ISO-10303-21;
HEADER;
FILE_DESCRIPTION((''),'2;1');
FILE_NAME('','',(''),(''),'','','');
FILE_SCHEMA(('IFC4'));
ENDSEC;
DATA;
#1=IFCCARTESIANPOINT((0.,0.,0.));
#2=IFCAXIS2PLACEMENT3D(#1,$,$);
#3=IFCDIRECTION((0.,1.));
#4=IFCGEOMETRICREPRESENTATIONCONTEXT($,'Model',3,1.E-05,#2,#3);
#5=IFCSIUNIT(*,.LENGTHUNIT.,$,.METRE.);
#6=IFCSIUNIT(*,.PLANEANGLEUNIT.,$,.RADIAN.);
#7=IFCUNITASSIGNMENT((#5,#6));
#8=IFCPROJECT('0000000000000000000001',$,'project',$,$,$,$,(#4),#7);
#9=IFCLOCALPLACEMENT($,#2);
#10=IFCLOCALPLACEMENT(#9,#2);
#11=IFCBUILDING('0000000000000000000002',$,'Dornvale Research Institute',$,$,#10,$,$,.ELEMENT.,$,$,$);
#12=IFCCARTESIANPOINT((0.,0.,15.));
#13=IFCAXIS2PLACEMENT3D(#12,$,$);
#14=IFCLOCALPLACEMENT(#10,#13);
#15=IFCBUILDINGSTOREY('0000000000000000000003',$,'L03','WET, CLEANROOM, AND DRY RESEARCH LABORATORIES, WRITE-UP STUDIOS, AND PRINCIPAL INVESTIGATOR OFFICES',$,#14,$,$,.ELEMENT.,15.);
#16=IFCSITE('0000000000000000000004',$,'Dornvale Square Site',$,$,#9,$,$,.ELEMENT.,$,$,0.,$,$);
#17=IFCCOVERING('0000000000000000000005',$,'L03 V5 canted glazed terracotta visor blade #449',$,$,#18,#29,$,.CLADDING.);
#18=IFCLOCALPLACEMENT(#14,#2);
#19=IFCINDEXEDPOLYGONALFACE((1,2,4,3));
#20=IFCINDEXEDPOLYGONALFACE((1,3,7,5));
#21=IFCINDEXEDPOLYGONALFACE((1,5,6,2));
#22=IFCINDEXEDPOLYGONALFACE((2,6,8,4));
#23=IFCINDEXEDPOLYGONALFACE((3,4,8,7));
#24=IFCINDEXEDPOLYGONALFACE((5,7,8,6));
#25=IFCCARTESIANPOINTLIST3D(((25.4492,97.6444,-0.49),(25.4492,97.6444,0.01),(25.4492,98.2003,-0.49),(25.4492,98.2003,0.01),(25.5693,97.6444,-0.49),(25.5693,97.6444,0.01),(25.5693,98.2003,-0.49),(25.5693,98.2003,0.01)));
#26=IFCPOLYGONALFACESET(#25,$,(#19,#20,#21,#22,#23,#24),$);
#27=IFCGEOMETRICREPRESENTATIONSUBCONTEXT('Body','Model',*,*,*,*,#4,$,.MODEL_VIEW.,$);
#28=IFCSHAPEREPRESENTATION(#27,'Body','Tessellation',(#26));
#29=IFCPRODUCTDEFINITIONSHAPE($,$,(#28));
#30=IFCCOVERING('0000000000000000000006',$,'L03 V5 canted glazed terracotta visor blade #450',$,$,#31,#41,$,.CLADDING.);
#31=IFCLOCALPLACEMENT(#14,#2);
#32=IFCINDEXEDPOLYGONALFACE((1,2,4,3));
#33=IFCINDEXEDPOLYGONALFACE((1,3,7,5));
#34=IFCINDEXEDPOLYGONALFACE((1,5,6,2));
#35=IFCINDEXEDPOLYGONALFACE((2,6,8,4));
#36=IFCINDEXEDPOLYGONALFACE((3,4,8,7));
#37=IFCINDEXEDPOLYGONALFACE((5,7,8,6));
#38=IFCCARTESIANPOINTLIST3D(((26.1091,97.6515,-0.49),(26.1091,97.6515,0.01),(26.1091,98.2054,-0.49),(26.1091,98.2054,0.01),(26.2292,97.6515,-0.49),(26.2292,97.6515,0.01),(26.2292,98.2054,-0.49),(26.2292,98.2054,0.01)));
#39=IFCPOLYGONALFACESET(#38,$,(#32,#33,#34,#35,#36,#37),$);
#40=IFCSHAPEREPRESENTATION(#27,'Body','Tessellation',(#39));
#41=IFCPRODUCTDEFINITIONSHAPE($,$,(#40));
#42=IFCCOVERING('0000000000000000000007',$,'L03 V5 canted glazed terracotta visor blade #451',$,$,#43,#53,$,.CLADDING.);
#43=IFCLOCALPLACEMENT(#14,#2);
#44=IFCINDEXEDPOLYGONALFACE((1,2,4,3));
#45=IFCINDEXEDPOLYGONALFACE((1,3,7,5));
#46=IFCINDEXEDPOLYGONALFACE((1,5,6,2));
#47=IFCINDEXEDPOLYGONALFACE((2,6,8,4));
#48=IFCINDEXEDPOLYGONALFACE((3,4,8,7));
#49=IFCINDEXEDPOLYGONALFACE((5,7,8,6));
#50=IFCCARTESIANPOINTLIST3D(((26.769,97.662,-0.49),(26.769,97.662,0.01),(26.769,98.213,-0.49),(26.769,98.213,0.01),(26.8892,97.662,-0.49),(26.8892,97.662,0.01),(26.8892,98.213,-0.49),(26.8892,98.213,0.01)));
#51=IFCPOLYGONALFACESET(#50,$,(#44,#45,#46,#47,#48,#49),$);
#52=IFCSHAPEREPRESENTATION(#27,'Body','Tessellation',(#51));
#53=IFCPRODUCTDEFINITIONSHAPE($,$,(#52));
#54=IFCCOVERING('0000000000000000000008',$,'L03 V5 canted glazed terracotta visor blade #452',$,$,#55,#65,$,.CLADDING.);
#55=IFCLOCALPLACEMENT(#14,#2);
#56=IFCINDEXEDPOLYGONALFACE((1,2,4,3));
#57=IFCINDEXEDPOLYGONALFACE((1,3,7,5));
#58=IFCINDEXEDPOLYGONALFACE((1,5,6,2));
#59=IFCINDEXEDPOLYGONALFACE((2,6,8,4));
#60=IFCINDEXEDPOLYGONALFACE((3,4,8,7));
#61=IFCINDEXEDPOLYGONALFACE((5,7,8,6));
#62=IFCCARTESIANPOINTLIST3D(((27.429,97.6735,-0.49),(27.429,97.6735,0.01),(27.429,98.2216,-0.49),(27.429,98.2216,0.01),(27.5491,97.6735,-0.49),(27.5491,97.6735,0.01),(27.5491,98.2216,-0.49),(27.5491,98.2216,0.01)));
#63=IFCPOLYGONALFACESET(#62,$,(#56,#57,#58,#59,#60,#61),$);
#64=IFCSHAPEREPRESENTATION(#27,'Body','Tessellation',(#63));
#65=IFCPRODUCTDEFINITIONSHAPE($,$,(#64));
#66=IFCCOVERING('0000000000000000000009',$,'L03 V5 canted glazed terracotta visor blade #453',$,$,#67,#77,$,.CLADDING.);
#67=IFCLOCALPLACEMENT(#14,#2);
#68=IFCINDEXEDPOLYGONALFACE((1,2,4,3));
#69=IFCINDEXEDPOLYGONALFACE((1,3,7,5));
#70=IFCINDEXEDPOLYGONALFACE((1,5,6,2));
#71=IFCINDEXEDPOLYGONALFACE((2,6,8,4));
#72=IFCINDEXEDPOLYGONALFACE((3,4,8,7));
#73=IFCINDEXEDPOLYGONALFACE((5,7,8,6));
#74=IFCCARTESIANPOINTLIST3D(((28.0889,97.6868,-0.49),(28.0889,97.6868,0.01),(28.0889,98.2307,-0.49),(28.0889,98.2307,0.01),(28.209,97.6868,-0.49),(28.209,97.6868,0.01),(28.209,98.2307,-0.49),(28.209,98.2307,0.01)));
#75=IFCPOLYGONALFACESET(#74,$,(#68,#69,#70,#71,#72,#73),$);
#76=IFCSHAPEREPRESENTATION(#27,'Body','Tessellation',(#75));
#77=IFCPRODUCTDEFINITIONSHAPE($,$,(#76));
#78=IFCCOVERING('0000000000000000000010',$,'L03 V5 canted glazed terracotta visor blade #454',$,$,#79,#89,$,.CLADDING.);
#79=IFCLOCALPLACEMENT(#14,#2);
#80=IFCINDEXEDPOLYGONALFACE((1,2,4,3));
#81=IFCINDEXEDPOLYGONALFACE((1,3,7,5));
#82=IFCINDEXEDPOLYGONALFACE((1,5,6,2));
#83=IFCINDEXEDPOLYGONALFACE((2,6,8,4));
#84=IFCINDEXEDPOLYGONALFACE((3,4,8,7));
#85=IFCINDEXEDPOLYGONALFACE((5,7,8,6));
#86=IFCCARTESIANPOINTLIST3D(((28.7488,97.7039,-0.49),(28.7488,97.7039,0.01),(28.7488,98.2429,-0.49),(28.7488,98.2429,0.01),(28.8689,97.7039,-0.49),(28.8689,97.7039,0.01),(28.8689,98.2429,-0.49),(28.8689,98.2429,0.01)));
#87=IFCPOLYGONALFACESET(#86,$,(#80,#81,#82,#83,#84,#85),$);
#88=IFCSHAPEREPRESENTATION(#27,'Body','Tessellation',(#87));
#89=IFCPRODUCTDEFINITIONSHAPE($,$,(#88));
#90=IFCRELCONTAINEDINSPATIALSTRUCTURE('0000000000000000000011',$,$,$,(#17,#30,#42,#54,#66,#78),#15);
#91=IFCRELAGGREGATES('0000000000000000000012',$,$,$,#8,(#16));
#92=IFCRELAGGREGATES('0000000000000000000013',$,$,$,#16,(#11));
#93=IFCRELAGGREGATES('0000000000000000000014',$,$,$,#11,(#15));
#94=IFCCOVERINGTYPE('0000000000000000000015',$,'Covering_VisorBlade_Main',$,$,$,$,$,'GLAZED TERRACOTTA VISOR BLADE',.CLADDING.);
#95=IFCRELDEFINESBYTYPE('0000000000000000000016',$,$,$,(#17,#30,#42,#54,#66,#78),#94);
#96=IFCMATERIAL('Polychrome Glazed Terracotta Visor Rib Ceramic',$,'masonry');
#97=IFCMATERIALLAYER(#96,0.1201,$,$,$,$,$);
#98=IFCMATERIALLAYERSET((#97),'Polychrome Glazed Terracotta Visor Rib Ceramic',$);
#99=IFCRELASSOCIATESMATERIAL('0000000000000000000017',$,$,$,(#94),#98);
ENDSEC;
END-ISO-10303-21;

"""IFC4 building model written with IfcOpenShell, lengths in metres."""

from ifc_helpers import new_model, si_unit, direction, frame, origin, origin_2d, place, context, subcontext, project, spatial, rectangle, extrude, material, layer, layer_set, type_object, element, save


model = new_model("IFC4")

# Units and contexts
model_context = context("Model", 3, precision=1e-05, world=origin(), true_north=direction((0.0, 1.0)))
body_context = subcontext(model_context, "Body", "Model", "MODEL_VIEW")
ifc_project = project(units=[si_unit("LENGTHUNIT", "METRE"), si_unit("PLANEANGLEUNIT", "RADIAN")], contexts=[model_context])

# Site, building, storey
site_placement = place(None, origin())
site = spatial("IfcSite", under=ifc_project, at=site_placement, Name="Dornvale Square Site", CompositionType="ELEMENT", RefElevation=0.0)
building_placement = place(site_placement, origin())
building = spatial("IfcBuilding", under=site, at=building_placement, Name="Dornvale Research Institute", CompositionType="ELEMENT")
storey_placement = place(building_placement, frame((0.0, 0.0, 15.0)))
storey = spatial("IfcBuildingStorey", under=building, at=storey_placement, Name="L03", Description="WET, CLEANROOM, AND DRY RESEARCH LABORATORIES, WRITE-UP STUDIOS, AND PRINCIPAL INVESTIGATOR OFFICES", CompositionType="ELEMENT", Elevation=15.0)

# Coverings
ifc_material = material(Name="Polychrome Glazed Terracotta Visor Rib Ceramic", Category="masonry")
ifc_layer = layer(ifc_material, 0.1201)
ifc_layer_set = layer_set([ifc_layer], Name="Polychrome Glazed Terracotta Visor Rib Ceramic")
covering_type = type_object("IfcCoveringType", Name="Covering_VisorBlade_Main", ElementType="GLAZED TERRACOTTA VISOR BLADE", PredefinedType="CLADDING", material=ifc_layer_set)
covering_1_placement = place(storey_placement, frame((25.5093, 97.9224, -0.49), z_axis=(0.0, 0.0, 1.0), x_axis=(0.0, 1.0, 0.0)))
element("IfcCovering", 1, at=covering_1_placement, inside=storey, type_object=covering_type, Name="L03 V5 canted glazed terracotta visor blade #449", PredefinedType="CLADDING", context=body_context, shape_type="SweptSolid", body=[
    extrude(rectangle(XDim=0.5559, YDim=0.1201, at=origin_2d()), origin(), (0.0, 0.0, 1.0), 0.5),
])
covering_2_placement = place(storey_placement, frame((26.1692, 97.9285, -0.49), z_axis=(0.0, 0.0, 1.0), x_axis=(0.0, 1.0, 0.0)))
element("IfcCovering", 2, at=covering_2_placement, inside=storey, type_object=covering_type, Name="L03 V5 canted glazed terracotta visor blade #450", PredefinedType="CLADDING", context=body_context, shape_type="SweptSolid", body=[
    extrude(rectangle(XDim=0.554, YDim=0.1201, at=origin_2d()), origin(), (0.0, 0.0, 1.0), 0.5),
])
covering_3_placement = place(storey_placement, frame((26.8291, 97.9375, -0.49), z_axis=(0.0, 0.0, 1.0), x_axis=(0.0, 1.0, 0.0)))
element("IfcCovering", 3, at=covering_3_placement, inside=storey, type_object=covering_type, Name="L03 V5 canted glazed terracotta visor blade #451", PredefinedType="CLADDING", context=body_context, shape_type="SweptSolid", body=[
    extrude(rectangle(XDim=0.551, YDim=0.1201, at=origin_2d()), origin(), (0.0, 0.0, 1.0), 0.5),
])
covering_4_placement = place(storey_placement, frame((27.489, 97.9475, -0.49), z_axis=(0.0, 0.0, 1.0), x_axis=(0.0, 1.0, 0.0)))
element("IfcCovering", 4, at=covering_4_placement, inside=storey, type_object=covering_type, Name="L03 V5 canted glazed terracotta visor blade #452", PredefinedType="CLADDING", context=body_context, shape_type="SweptSolid", body=[
    extrude(rectangle(XDim=0.5481, YDim=0.1201, at=origin_2d()), origin(), (0.0, 0.0, 1.0), 0.5),
])
covering_5_placement = place(storey_placement, frame((28.1489, 97.9587, -0.49), z_axis=(0.0, 0.0, 1.0), x_axis=(0.0, 1.0, 0.0)))
element("IfcCovering", 5, at=covering_5_placement, inside=storey, type_object=covering_type, Name="L03 V5 canted glazed terracotta visor blade #453", PredefinedType="CLADDING", context=body_context, shape_type="SweptSolid", body=[
    extrude(rectangle(XDim=0.5439, YDim=0.1201, at=origin_2d()), origin(), (0.0, 0.0, 1.0), 0.5),
])
covering_6_placement = place(storey_placement, frame((28.8088, 97.9734, -0.49), z_axis=(0.0, 0.0, 1.0), x_axis=(0.0, 1.0, 0.0)))
element("IfcCovering", 6, at=covering_6_placement, inside=storey, type_object=covering_type, Name="L03 V5 canted glazed terracotta visor blade #454", PredefinedType="CLADDING", context=body_context, shape_type="SweptSolid", body=[
    extrude(rectangle(XDim=0.5391, YDim=0.1201, at=origin_2d()), origin(), (0.0, 0.0, 1.0), 0.5),
])

save(model, "model.ifc")
